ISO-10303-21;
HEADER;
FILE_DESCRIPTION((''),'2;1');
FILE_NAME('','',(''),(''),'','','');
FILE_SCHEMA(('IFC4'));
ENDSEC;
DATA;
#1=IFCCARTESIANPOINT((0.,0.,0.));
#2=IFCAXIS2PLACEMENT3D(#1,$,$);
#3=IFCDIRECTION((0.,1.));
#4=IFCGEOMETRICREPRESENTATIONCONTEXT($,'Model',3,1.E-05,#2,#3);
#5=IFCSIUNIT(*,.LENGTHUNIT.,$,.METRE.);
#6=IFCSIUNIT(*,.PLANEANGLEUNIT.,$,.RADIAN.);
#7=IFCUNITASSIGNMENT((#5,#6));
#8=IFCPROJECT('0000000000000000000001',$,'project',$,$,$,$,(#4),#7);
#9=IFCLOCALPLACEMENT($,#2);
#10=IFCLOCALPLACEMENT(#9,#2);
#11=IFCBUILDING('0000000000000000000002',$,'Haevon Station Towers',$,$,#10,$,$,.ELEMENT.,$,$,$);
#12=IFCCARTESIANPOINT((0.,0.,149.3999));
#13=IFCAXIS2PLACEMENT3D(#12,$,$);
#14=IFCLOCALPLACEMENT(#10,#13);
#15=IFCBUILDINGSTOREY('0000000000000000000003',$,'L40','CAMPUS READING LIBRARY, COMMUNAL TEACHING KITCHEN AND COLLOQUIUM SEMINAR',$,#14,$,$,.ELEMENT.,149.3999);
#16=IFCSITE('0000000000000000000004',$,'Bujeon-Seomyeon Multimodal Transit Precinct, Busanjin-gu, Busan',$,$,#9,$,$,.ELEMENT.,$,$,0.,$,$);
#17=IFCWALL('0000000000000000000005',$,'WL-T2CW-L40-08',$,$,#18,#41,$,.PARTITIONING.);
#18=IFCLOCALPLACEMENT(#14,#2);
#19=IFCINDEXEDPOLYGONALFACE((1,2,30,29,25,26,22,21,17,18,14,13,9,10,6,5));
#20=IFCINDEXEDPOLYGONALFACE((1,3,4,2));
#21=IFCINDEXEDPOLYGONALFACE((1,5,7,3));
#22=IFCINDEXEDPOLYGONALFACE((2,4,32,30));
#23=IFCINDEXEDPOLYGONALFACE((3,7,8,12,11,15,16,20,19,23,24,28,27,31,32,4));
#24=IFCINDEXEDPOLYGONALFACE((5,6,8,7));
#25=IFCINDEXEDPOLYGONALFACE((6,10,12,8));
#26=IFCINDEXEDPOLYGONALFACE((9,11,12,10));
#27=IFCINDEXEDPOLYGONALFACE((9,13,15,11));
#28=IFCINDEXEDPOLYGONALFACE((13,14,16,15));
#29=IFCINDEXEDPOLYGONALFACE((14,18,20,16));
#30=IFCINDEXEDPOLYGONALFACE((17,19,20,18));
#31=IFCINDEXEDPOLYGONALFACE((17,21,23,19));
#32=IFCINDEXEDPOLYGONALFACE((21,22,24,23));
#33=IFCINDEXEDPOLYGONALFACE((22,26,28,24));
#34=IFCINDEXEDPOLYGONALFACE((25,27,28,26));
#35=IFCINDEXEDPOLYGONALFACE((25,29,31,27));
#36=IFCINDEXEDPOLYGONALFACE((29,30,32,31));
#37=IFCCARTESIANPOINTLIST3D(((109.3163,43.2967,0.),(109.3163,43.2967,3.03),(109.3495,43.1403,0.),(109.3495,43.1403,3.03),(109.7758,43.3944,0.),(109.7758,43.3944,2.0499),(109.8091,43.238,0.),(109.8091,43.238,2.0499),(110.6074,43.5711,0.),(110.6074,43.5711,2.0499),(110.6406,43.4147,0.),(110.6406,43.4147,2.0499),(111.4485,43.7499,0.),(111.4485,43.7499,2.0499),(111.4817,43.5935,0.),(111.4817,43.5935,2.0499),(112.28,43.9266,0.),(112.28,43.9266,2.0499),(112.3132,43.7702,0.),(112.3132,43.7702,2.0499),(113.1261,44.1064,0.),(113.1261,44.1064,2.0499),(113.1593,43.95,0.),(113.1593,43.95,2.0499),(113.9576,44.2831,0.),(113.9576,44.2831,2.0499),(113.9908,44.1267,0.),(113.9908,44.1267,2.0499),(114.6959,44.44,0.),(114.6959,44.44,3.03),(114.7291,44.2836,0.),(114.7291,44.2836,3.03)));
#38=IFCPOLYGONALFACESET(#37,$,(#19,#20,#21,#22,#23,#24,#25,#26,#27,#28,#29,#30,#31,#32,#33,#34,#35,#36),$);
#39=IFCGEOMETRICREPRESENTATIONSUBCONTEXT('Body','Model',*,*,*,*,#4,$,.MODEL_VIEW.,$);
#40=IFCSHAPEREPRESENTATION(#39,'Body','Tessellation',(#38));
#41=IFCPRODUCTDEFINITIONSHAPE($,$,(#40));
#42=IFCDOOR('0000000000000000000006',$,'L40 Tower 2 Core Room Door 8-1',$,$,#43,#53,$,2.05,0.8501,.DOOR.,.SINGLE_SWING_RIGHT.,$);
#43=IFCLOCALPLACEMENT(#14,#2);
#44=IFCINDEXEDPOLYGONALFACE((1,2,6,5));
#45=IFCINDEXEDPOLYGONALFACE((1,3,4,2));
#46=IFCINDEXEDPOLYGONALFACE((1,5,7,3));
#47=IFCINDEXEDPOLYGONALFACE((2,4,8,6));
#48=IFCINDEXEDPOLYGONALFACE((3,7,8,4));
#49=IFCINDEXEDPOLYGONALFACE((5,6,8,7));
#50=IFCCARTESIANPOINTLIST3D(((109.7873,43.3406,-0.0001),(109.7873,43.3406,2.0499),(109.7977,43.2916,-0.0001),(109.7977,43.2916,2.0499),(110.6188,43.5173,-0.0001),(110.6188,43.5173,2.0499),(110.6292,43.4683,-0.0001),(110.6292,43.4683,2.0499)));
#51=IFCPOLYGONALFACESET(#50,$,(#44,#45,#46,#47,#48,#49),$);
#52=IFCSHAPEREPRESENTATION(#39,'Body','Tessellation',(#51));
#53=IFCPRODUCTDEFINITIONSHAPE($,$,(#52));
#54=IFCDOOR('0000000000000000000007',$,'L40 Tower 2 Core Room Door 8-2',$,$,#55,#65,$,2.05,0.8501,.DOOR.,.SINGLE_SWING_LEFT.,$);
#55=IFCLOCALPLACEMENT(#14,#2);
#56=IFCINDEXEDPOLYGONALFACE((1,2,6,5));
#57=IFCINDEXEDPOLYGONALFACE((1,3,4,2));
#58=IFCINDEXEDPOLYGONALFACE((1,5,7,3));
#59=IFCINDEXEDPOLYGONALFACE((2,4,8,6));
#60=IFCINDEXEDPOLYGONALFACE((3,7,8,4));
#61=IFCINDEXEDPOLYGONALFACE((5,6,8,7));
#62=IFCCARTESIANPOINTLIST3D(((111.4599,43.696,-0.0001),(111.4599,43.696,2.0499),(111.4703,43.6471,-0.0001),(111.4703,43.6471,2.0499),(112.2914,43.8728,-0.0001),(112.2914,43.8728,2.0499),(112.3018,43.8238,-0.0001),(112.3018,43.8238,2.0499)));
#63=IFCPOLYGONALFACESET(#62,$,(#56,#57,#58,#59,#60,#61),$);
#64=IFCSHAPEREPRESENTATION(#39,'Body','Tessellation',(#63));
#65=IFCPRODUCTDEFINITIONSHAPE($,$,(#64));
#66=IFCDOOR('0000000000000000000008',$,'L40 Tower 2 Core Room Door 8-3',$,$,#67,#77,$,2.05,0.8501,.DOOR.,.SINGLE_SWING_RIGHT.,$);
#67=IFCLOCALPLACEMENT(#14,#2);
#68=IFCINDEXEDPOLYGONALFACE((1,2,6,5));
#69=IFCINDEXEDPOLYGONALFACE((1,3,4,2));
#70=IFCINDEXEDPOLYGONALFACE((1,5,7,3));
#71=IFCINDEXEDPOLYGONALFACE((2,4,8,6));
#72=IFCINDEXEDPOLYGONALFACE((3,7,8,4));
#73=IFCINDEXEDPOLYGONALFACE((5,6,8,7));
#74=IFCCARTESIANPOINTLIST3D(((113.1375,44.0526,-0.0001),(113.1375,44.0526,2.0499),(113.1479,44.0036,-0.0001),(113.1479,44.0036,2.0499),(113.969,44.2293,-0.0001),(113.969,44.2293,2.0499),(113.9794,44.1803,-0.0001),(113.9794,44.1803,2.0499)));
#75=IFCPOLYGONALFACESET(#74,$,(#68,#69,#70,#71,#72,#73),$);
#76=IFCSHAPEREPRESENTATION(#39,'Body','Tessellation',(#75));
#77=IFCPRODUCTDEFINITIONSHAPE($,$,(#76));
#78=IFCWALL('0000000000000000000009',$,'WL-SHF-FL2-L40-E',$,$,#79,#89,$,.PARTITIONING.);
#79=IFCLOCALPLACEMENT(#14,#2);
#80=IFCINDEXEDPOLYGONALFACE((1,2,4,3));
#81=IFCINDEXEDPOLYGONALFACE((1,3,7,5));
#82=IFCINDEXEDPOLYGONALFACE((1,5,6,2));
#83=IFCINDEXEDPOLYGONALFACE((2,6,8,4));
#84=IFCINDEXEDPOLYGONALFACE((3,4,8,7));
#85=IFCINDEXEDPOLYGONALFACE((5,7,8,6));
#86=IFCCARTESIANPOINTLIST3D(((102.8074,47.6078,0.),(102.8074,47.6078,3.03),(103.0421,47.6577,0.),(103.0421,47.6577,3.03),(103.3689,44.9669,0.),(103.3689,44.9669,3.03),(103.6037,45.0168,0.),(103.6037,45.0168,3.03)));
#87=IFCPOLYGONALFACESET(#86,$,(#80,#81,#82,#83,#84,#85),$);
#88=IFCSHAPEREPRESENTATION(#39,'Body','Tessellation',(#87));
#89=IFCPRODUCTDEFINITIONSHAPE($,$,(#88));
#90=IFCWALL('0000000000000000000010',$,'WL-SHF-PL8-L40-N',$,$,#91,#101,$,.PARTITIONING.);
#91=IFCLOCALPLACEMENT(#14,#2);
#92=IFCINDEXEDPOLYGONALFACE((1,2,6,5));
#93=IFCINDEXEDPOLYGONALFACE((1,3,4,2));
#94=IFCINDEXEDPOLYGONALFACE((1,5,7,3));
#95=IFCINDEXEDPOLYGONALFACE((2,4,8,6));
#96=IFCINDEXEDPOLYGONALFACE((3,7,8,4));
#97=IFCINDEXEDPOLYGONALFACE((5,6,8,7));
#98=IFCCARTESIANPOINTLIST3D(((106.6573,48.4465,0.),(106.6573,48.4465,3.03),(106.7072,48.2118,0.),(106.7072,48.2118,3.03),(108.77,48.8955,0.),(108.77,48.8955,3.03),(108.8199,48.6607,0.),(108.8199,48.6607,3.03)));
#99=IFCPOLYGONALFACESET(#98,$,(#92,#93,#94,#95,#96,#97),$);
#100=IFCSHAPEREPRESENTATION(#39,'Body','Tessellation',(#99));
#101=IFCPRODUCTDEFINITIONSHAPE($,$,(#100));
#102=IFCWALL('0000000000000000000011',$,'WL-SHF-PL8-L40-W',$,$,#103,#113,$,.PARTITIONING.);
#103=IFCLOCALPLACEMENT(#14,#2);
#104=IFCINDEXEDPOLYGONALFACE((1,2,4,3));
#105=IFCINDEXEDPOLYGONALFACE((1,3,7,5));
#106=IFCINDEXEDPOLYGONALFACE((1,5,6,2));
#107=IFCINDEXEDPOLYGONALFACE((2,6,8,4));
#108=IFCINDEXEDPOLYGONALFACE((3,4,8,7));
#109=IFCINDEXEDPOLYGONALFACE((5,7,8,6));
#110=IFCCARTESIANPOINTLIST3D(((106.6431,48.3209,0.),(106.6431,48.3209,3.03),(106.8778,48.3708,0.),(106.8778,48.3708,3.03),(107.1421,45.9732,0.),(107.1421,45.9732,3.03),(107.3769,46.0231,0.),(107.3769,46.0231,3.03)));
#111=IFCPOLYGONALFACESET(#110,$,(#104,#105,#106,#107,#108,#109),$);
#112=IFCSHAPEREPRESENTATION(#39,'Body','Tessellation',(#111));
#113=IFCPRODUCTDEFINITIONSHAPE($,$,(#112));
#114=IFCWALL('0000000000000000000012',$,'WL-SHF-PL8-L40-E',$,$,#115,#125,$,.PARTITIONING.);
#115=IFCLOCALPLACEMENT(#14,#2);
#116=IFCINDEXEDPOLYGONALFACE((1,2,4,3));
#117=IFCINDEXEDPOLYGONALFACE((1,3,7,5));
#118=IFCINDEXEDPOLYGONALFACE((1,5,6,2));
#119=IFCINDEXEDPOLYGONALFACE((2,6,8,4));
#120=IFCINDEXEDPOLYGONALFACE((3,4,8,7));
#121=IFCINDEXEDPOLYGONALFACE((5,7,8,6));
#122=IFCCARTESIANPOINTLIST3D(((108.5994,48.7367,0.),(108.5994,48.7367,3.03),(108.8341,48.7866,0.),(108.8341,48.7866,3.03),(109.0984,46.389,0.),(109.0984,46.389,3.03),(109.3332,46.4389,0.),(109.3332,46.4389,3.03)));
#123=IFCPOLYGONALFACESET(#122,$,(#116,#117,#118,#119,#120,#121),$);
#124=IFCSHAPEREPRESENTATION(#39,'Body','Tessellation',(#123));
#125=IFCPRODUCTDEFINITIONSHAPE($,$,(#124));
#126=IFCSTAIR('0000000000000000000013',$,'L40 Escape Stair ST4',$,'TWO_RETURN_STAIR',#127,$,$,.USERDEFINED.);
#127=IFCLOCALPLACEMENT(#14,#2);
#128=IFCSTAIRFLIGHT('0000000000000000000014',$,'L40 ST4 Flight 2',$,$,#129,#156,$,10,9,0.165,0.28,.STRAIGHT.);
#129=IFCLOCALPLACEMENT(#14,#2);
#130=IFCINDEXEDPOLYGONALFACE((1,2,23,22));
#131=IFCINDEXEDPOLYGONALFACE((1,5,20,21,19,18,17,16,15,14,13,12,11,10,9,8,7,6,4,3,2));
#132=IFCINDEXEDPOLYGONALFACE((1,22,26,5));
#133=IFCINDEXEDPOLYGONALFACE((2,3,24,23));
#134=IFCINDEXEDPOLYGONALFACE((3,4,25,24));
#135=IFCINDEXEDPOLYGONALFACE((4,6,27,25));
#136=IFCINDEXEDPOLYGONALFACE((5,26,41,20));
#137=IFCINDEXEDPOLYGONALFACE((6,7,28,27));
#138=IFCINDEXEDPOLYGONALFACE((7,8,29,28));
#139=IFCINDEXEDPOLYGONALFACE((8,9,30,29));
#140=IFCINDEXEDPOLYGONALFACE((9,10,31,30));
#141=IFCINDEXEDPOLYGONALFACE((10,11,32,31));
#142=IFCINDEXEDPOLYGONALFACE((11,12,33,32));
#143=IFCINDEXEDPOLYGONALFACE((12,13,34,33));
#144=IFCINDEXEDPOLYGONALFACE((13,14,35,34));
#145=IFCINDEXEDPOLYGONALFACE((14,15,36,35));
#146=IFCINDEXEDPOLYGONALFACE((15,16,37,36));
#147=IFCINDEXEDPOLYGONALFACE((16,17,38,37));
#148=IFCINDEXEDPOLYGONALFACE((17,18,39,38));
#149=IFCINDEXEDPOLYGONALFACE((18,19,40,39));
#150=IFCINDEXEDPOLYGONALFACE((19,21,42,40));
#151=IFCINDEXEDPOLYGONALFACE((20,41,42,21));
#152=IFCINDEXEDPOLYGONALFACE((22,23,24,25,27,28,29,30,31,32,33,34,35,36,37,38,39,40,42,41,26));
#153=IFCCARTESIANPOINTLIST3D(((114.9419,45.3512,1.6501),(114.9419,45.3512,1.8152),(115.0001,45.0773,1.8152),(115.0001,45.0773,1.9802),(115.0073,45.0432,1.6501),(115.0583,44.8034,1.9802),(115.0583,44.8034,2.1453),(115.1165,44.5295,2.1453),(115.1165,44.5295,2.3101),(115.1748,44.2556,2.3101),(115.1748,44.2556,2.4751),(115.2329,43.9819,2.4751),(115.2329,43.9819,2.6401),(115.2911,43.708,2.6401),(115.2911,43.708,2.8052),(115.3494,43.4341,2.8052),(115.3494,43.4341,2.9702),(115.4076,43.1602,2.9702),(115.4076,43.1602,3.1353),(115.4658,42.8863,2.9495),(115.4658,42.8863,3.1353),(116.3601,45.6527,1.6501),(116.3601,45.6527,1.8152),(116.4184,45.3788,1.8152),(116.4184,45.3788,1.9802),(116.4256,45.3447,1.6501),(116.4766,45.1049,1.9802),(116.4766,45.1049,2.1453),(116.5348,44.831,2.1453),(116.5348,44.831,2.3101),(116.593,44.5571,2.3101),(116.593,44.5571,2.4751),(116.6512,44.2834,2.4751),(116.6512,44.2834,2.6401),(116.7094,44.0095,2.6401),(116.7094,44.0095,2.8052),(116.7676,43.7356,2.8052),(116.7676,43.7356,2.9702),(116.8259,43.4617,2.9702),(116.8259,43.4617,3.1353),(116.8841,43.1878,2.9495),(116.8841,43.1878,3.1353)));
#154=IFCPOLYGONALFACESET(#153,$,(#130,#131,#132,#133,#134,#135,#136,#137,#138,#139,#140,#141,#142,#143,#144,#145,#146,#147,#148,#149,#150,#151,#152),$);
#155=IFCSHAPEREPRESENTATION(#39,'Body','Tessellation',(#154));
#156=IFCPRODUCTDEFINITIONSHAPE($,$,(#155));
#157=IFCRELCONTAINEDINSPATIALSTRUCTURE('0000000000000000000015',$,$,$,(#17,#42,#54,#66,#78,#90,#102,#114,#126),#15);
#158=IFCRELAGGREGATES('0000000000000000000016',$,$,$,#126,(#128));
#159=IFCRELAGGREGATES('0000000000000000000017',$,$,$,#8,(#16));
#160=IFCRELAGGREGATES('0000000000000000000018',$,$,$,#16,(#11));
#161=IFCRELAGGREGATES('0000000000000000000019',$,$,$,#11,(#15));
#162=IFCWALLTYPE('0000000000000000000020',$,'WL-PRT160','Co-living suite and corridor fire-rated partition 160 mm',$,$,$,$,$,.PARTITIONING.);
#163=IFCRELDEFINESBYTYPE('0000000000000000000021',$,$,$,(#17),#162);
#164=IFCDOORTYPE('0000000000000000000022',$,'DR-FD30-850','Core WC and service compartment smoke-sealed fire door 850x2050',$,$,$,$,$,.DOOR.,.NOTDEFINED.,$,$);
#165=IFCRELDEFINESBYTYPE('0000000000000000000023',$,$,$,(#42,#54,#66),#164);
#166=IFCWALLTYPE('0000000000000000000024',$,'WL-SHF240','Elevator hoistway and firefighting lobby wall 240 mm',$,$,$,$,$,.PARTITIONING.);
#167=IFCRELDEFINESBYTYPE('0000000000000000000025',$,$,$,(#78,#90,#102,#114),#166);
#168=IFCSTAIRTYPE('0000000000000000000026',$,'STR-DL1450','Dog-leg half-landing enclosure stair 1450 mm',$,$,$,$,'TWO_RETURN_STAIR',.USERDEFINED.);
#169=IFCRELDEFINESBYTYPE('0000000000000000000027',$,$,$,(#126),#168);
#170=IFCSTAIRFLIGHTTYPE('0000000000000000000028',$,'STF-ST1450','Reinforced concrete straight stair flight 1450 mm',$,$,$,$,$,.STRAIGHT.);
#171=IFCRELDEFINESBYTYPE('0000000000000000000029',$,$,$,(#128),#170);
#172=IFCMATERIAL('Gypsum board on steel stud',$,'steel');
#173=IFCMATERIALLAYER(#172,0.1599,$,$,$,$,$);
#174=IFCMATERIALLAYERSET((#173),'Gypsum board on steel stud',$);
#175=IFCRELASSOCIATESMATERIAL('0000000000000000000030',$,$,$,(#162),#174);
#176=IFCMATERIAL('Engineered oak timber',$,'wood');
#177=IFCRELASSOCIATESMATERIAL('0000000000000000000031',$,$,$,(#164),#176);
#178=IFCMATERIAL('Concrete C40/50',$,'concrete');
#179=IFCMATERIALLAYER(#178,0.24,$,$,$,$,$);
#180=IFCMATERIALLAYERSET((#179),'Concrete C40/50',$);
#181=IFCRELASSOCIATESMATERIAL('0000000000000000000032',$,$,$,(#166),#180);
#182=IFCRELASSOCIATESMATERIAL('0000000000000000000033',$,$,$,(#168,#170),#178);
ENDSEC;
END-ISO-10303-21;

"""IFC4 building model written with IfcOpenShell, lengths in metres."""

from ifc_helpers import new_model, si_unit, direction, frame, frame_2d, origin, place, context, subcontext, project, spatial, polyline, rectangle, outline, extrude, material, layer, layer_set, type_object, element, fill, aggregate, save


model = new_model("IFC4")

# Units and contexts
model_context = context("Model", 3, precision=1e-05, world=origin(), true_north=direction((0.0, 1.0)))
body_context = subcontext(model_context, "Body", "Model", "MODEL_VIEW")
ifc_project = project(units=[si_unit("LENGTHUNIT", "METRE"), si_unit("PLANEANGLEUNIT", "RADIAN")], contexts=[model_context])

# Site, building, storey
site_placement = place(None, origin())
site = spatial("IfcSite", under=ifc_project, at=site_placement, Name="Bujeon-Seomyeon Multimodal Transit Precinct, Busanjin-gu, Busan", CompositionType="ELEMENT", RefElevation=0.0)
building_placement = place(site_placement, origin())
building = spatial("IfcBuilding", under=site, at=building_placement, Name="Haevon Station Towers", CompositionType="ELEMENT")
storey_placement = place(building_placement, frame((0.0, 0.0, 149.3999)))
storey = spatial("IfcBuildingStorey", under=building, at=storey_placement, Name="L40", Description="CAMPUS READING LIBRARY, COMMUNAL TEACHING KITCHEN AND COLLOQUIUM SEMINAR", CompositionType="ELEMENT", Elevation=149.3999)

# Shared definitions
ifc_material_1 = material(Name="Gypsum board on steel stud", Category="steel")
ifc_material_2 = material(Name="Engineered oak timber", Category="wood")

# Shared definitions
ifc_layer_1 = layer(ifc_material_1, 0.1599)
ifc_layer_set_1 = layer_set([ifc_layer_1], Name="Gypsum board on steel stud")
wall_type_1 = type_object("IfcWallType", Name="WL-PRT160", Description="Co-living suite and corridor fire-rated partition 160 mm", PredefinedType="PARTITIONING", material=ifc_layer_set_1)

# Wall, openings, doors
wall_1_placement = place(storey_placement, frame((109.3328, 43.2185, 0.0), z_axis=(0.0, 0.0, 1.0), x_axis=(0.978154, 0.207883, 0.0)))
wall_1 = element("IfcWall", 1, at=wall_1_placement, inside=storey, type_object=wall_type_1, Name="WL-T2CW-L40-08", PredefinedType="PARTITIONING", context=body_context, shape_type="SweptSolid", body=[
    extrude(rectangle(XDim=5.4998, YDim=0.1599, at=frame_2d((2.75, 0.0))), origin(), (0.0, 0.0, 1.0), 3.03),
])
opening_1_placement = place(wall_1_placement, frame((0.47, 0.0, 0.0)))
opening_1 = element("IfcOpeningElement", 2, at=opening_1_placement, cuts=wall_1, PredefinedType="OPENING", context=body_context, shape_type="SweptSolid", body=[
    extrude(rectangle(XDim=0.8501, YDim=2.05, at=frame_2d((0.425, 1.0249))), frame((0.0, 0.0898, 0.0), z_axis=(0.0, -1.0, 0.0), x_axis=(1.0, 0.0, 0.0)), (0.0, 0.0, 1.0), 0.1799),
])
opening_2_placement = place(wall_1_placement, frame((2.1799, 0.0, 0.0)))
opening_2 = element("IfcOpeningElement", 3, at=opening_2_placement, cuts=wall_1, PredefinedType="OPENING", context=body_context, shape_type="SweptSolid", body=[
    extrude(rectangle(XDim=0.8501, YDim=2.05, at=frame_2d((0.425, 1.0249))), frame((0.0, 0.0898, 0.0), z_axis=(0.0, -1.0, 0.0), x_axis=(1.0, 0.0, 0.0)), (0.0, 0.0, 1.0), 0.1799),
])
opening_3_placement = place(wall_1_placement, frame((3.895, 0.0, 0.0)))
opening_3 = element("IfcOpeningElement", 4, at=opening_3_placement, cuts=wall_1, PredefinedType="OPENING", context=body_context, shape_type="SweptSolid", body=[
    extrude(rectangle(XDim=0.8501, YDim=2.05, at=frame_2d((0.425, 1.0249))), frame((0.0, 0.0898, 0.0), z_axis=(0.0, -1.0, 0.0), x_axis=(1.0, 0.0, 0.0)), (0.0, 0.0, 1.0), 0.1799),
])
door_type_1 = type_object("IfcDoorType", Name="DR-FD30-850", Description="Core WC and service compartment smoke-sealed fire door 850x2050", OperationType="NOTDEFINED", PredefinedType="DOOR", material=ifc_material_2)
door_1_placement = place(opening_1_placement, origin())
door_1 = element("IfcDoor", 5, at=door_1_placement, inside=storey, type_object=door_type_1, Name="L40 Tower 2 Core Room Door 8-1", OperationType="SINGLE_SWING_RIGHT", OverallHeight=2.05, OverallWidth=0.8501, PredefinedType="DOOR", context=body_context, shape_type="SweptSolid", body=[
    extrude(rectangle(XDim=0.8501, YDim=2.05, at=frame_2d((0.425, 1.0249))), frame((0.0, 0.0249, 0.0), z_axis=(0.0, -1.0, 0.0), x_axis=(1.0, 0.0, 0.0)), (0.0, 0.0, 1.0), 0.05),
])
fill(opening_1, door_1)
door_2_placement = place(opening_2_placement, origin())
door_2 = element("IfcDoor", 6, at=door_2_placement, inside=storey, type_object=door_type_1, Name="L40 Tower 2 Core Room Door 8-2", OperationType="SINGLE_SWING_LEFT", OverallHeight=2.05, OverallWidth=0.8501, PredefinedType="DOOR", context=body_context, shape_type="SweptSolid", body=[
    extrude(rectangle(XDim=0.8501, YDim=2.05, at=frame_2d((0.425, 1.0249))), frame((0.0, 0.0249, 0.0), z_axis=(0.0, -1.0, 0.0), x_axis=(1.0, 0.0, 0.0)), (0.0, 0.0, 1.0), 0.05),
])
fill(opening_2, door_2)
door_3_placement = place(opening_3_placement, origin())
door_3 = element("IfcDoor", 7, at=door_3_placement, inside=storey, type_object=door_type_1, Name="L40 Tower 2 Core Room Door 8-3", OperationType="SINGLE_SWING_RIGHT", OverallHeight=2.05, OverallWidth=0.8501, PredefinedType="DOOR", context=body_context, shape_type="SweptSolid", body=[
    extrude(rectangle(XDim=0.8501, YDim=2.05, at=frame_2d((0.425, 1.0249))), frame((0.0, 0.0249, 0.0), z_axis=(0.0, -1.0, 0.0), x_axis=(1.0, 0.0, 0.0)), (0.0, 0.0, 1.0), 0.05),
])
fill(opening_3, door_3)

# Wall
ifc_material_3 = material(Name="Concrete C40/50", Category="concrete")
ifc_layer_2 = layer(ifc_material_3, 0.24)
ifc_layer_set_2 = layer_set([ifc_layer_2], Name="Concrete C40/50")
wall_type_2 = type_object("IfcWallType", Name="WL-SHF240", Description="Elevator hoistway and firefighting lobby wall 240 mm", PredefinedType="PARTITIONING", material=ifc_layer_set_2)
wall_2_placement = place(storey_placement, frame((103.4863, 44.9917, 0.0), z_axis=(0.0, 0.0, 1.0), x_axis=(-0.207979, 0.978133, 0.0)))
element("IfcWall", 8, at=wall_2_placement, inside=storey, type_object=wall_type_2, Name="WL-SHF-FL2-L40-E", PredefinedType="PARTITIONING", context=body_context, shape_type="SweptSolid", body=[
    extrude(rectangle(XDim=2.7, YDim=0.24, at=frame_2d((1.3501, 0.0))), origin(), (0.0, 0.0, 1.0), 3.03),
])

# Walls
wall_3_placement = place(storey_placement, frame((106.6821, 48.3291, 0.0), z_axis=(0.0, 0.0, 1.0), x_axis=(0.978158, 0.207861, 0.0)))
element("IfcWall", 9, at=wall_3_placement, inside=storey, type_object=wall_type_2, Name="WL-SHF-PL8-L40-N", PredefinedType="PARTITIONING", context=body_context, shape_type="SweptSolid", body=[
    extrude(rectangle(XDim=2.1599, YDim=0.24, at=frame_2d((1.0801, 0.0))), origin(), (0.0, 0.0, 1.0), 3.03),
])
for number, where, z_axis, x_axis, name in (
    (10, (107.2595, 45.998, 0.0), (0.0, 0.0, 1.0), (-0.207917, 0.978146, 0.0), "WL-SHF-PL8-L40-W"),
    (11, (109.2158, 46.4138, 0.0), (0.0, 0.0, 1.0), (-0.207917, 0.978146, 0.0), "WL-SHF-PL8-L40-E"),
):
    element("IfcWall", number, at=place(storey_placement, frame(where, z_axis=z_axis, x_axis=x_axis)), inside=storey, type_object=wall_type_2, Name=name, PredefinedType="PARTITIONING", context=body_context, shape_type="SweptSolid", body=[
        extrude(rectangle(XDim=2.4001, YDim=0.24, at=frame_2d((1.2002, 0.0))), origin(), (0.0, 0.0, 1.0), 3.03),
    ])

# Stair, stair flight
stair_type = type_object("IfcStairType", Name="STR-DL1450", Description="Dog-leg half-landing enclosure stair 1450 mm", ElementType="TWO_RETURN_STAIR", PredefinedType="USERDEFINED", material=ifc_material_3)
stair_placement = place(storey_placement, origin())
stair = element("IfcStair", 12, at=stair_placement, inside=storey, type_object=stair_type, Name="L40 Escape Stair ST4", ObjectType="TWO_RETURN_STAIR", PredefinedType="USERDEFINED")
stair_flight_type = type_object("IfcStairFlightType", Name="STF-ST1450", Description="Reinforced concrete straight stair flight 1450 mm", PredefinedType="STRAIGHT", material=ifc_material_3)
stair_flight_placement = place(storey_placement, frame((115.6509, 45.502, 1.6501), z_axis=(0.0, 0.0, 1.0), x_axis=(0.207912, -0.978148, 0.0)))
stair_flight = element("IfcStairFlight", 13, at=stair_flight_placement, type_object=stair_flight_type, Name="L40 ST4 Flight 2", NumberOfRisers=10, NumberOfTreads=9, PredefinedType="STRAIGHT", RiserHeight=0.165, TreadLength=0.28, context=body_context, shape_type="SweptSolid", body=[
    extrude(outline(polyline([(0.0, 0.0), (0.0, 0.165), (0.28, 0.165), (0.28, 0.3301), (0.5601, 0.3301), (0.5601, 0.4951), (0.8401, 0.4951), (0.8401, 0.6599), (1.1201, 0.6599), (1.1201, 0.825), (1.3999, 0.825), (1.3999, 0.99), (1.6799, 0.99), (1.6799, 1.155), (1.96, 1.155), (1.96, 1.3201), (2.24, 1.3201), (2.24, 1.4851), (2.52, 1.4851), (2.52, 1.6499), (2.52, 1.2993), (0.3149, 0.0), (0.0, 0.0)])), frame((0.0, 0.7251, 0.0), z_axis=(0.0, -1.0, 0.0), x_axis=(1.0, 0.0, 0.0)), (0.0, 0.0, 1.0), 1.45),
])
aggregate(stair, [stair_flight])

save(model, "model.ifc")
